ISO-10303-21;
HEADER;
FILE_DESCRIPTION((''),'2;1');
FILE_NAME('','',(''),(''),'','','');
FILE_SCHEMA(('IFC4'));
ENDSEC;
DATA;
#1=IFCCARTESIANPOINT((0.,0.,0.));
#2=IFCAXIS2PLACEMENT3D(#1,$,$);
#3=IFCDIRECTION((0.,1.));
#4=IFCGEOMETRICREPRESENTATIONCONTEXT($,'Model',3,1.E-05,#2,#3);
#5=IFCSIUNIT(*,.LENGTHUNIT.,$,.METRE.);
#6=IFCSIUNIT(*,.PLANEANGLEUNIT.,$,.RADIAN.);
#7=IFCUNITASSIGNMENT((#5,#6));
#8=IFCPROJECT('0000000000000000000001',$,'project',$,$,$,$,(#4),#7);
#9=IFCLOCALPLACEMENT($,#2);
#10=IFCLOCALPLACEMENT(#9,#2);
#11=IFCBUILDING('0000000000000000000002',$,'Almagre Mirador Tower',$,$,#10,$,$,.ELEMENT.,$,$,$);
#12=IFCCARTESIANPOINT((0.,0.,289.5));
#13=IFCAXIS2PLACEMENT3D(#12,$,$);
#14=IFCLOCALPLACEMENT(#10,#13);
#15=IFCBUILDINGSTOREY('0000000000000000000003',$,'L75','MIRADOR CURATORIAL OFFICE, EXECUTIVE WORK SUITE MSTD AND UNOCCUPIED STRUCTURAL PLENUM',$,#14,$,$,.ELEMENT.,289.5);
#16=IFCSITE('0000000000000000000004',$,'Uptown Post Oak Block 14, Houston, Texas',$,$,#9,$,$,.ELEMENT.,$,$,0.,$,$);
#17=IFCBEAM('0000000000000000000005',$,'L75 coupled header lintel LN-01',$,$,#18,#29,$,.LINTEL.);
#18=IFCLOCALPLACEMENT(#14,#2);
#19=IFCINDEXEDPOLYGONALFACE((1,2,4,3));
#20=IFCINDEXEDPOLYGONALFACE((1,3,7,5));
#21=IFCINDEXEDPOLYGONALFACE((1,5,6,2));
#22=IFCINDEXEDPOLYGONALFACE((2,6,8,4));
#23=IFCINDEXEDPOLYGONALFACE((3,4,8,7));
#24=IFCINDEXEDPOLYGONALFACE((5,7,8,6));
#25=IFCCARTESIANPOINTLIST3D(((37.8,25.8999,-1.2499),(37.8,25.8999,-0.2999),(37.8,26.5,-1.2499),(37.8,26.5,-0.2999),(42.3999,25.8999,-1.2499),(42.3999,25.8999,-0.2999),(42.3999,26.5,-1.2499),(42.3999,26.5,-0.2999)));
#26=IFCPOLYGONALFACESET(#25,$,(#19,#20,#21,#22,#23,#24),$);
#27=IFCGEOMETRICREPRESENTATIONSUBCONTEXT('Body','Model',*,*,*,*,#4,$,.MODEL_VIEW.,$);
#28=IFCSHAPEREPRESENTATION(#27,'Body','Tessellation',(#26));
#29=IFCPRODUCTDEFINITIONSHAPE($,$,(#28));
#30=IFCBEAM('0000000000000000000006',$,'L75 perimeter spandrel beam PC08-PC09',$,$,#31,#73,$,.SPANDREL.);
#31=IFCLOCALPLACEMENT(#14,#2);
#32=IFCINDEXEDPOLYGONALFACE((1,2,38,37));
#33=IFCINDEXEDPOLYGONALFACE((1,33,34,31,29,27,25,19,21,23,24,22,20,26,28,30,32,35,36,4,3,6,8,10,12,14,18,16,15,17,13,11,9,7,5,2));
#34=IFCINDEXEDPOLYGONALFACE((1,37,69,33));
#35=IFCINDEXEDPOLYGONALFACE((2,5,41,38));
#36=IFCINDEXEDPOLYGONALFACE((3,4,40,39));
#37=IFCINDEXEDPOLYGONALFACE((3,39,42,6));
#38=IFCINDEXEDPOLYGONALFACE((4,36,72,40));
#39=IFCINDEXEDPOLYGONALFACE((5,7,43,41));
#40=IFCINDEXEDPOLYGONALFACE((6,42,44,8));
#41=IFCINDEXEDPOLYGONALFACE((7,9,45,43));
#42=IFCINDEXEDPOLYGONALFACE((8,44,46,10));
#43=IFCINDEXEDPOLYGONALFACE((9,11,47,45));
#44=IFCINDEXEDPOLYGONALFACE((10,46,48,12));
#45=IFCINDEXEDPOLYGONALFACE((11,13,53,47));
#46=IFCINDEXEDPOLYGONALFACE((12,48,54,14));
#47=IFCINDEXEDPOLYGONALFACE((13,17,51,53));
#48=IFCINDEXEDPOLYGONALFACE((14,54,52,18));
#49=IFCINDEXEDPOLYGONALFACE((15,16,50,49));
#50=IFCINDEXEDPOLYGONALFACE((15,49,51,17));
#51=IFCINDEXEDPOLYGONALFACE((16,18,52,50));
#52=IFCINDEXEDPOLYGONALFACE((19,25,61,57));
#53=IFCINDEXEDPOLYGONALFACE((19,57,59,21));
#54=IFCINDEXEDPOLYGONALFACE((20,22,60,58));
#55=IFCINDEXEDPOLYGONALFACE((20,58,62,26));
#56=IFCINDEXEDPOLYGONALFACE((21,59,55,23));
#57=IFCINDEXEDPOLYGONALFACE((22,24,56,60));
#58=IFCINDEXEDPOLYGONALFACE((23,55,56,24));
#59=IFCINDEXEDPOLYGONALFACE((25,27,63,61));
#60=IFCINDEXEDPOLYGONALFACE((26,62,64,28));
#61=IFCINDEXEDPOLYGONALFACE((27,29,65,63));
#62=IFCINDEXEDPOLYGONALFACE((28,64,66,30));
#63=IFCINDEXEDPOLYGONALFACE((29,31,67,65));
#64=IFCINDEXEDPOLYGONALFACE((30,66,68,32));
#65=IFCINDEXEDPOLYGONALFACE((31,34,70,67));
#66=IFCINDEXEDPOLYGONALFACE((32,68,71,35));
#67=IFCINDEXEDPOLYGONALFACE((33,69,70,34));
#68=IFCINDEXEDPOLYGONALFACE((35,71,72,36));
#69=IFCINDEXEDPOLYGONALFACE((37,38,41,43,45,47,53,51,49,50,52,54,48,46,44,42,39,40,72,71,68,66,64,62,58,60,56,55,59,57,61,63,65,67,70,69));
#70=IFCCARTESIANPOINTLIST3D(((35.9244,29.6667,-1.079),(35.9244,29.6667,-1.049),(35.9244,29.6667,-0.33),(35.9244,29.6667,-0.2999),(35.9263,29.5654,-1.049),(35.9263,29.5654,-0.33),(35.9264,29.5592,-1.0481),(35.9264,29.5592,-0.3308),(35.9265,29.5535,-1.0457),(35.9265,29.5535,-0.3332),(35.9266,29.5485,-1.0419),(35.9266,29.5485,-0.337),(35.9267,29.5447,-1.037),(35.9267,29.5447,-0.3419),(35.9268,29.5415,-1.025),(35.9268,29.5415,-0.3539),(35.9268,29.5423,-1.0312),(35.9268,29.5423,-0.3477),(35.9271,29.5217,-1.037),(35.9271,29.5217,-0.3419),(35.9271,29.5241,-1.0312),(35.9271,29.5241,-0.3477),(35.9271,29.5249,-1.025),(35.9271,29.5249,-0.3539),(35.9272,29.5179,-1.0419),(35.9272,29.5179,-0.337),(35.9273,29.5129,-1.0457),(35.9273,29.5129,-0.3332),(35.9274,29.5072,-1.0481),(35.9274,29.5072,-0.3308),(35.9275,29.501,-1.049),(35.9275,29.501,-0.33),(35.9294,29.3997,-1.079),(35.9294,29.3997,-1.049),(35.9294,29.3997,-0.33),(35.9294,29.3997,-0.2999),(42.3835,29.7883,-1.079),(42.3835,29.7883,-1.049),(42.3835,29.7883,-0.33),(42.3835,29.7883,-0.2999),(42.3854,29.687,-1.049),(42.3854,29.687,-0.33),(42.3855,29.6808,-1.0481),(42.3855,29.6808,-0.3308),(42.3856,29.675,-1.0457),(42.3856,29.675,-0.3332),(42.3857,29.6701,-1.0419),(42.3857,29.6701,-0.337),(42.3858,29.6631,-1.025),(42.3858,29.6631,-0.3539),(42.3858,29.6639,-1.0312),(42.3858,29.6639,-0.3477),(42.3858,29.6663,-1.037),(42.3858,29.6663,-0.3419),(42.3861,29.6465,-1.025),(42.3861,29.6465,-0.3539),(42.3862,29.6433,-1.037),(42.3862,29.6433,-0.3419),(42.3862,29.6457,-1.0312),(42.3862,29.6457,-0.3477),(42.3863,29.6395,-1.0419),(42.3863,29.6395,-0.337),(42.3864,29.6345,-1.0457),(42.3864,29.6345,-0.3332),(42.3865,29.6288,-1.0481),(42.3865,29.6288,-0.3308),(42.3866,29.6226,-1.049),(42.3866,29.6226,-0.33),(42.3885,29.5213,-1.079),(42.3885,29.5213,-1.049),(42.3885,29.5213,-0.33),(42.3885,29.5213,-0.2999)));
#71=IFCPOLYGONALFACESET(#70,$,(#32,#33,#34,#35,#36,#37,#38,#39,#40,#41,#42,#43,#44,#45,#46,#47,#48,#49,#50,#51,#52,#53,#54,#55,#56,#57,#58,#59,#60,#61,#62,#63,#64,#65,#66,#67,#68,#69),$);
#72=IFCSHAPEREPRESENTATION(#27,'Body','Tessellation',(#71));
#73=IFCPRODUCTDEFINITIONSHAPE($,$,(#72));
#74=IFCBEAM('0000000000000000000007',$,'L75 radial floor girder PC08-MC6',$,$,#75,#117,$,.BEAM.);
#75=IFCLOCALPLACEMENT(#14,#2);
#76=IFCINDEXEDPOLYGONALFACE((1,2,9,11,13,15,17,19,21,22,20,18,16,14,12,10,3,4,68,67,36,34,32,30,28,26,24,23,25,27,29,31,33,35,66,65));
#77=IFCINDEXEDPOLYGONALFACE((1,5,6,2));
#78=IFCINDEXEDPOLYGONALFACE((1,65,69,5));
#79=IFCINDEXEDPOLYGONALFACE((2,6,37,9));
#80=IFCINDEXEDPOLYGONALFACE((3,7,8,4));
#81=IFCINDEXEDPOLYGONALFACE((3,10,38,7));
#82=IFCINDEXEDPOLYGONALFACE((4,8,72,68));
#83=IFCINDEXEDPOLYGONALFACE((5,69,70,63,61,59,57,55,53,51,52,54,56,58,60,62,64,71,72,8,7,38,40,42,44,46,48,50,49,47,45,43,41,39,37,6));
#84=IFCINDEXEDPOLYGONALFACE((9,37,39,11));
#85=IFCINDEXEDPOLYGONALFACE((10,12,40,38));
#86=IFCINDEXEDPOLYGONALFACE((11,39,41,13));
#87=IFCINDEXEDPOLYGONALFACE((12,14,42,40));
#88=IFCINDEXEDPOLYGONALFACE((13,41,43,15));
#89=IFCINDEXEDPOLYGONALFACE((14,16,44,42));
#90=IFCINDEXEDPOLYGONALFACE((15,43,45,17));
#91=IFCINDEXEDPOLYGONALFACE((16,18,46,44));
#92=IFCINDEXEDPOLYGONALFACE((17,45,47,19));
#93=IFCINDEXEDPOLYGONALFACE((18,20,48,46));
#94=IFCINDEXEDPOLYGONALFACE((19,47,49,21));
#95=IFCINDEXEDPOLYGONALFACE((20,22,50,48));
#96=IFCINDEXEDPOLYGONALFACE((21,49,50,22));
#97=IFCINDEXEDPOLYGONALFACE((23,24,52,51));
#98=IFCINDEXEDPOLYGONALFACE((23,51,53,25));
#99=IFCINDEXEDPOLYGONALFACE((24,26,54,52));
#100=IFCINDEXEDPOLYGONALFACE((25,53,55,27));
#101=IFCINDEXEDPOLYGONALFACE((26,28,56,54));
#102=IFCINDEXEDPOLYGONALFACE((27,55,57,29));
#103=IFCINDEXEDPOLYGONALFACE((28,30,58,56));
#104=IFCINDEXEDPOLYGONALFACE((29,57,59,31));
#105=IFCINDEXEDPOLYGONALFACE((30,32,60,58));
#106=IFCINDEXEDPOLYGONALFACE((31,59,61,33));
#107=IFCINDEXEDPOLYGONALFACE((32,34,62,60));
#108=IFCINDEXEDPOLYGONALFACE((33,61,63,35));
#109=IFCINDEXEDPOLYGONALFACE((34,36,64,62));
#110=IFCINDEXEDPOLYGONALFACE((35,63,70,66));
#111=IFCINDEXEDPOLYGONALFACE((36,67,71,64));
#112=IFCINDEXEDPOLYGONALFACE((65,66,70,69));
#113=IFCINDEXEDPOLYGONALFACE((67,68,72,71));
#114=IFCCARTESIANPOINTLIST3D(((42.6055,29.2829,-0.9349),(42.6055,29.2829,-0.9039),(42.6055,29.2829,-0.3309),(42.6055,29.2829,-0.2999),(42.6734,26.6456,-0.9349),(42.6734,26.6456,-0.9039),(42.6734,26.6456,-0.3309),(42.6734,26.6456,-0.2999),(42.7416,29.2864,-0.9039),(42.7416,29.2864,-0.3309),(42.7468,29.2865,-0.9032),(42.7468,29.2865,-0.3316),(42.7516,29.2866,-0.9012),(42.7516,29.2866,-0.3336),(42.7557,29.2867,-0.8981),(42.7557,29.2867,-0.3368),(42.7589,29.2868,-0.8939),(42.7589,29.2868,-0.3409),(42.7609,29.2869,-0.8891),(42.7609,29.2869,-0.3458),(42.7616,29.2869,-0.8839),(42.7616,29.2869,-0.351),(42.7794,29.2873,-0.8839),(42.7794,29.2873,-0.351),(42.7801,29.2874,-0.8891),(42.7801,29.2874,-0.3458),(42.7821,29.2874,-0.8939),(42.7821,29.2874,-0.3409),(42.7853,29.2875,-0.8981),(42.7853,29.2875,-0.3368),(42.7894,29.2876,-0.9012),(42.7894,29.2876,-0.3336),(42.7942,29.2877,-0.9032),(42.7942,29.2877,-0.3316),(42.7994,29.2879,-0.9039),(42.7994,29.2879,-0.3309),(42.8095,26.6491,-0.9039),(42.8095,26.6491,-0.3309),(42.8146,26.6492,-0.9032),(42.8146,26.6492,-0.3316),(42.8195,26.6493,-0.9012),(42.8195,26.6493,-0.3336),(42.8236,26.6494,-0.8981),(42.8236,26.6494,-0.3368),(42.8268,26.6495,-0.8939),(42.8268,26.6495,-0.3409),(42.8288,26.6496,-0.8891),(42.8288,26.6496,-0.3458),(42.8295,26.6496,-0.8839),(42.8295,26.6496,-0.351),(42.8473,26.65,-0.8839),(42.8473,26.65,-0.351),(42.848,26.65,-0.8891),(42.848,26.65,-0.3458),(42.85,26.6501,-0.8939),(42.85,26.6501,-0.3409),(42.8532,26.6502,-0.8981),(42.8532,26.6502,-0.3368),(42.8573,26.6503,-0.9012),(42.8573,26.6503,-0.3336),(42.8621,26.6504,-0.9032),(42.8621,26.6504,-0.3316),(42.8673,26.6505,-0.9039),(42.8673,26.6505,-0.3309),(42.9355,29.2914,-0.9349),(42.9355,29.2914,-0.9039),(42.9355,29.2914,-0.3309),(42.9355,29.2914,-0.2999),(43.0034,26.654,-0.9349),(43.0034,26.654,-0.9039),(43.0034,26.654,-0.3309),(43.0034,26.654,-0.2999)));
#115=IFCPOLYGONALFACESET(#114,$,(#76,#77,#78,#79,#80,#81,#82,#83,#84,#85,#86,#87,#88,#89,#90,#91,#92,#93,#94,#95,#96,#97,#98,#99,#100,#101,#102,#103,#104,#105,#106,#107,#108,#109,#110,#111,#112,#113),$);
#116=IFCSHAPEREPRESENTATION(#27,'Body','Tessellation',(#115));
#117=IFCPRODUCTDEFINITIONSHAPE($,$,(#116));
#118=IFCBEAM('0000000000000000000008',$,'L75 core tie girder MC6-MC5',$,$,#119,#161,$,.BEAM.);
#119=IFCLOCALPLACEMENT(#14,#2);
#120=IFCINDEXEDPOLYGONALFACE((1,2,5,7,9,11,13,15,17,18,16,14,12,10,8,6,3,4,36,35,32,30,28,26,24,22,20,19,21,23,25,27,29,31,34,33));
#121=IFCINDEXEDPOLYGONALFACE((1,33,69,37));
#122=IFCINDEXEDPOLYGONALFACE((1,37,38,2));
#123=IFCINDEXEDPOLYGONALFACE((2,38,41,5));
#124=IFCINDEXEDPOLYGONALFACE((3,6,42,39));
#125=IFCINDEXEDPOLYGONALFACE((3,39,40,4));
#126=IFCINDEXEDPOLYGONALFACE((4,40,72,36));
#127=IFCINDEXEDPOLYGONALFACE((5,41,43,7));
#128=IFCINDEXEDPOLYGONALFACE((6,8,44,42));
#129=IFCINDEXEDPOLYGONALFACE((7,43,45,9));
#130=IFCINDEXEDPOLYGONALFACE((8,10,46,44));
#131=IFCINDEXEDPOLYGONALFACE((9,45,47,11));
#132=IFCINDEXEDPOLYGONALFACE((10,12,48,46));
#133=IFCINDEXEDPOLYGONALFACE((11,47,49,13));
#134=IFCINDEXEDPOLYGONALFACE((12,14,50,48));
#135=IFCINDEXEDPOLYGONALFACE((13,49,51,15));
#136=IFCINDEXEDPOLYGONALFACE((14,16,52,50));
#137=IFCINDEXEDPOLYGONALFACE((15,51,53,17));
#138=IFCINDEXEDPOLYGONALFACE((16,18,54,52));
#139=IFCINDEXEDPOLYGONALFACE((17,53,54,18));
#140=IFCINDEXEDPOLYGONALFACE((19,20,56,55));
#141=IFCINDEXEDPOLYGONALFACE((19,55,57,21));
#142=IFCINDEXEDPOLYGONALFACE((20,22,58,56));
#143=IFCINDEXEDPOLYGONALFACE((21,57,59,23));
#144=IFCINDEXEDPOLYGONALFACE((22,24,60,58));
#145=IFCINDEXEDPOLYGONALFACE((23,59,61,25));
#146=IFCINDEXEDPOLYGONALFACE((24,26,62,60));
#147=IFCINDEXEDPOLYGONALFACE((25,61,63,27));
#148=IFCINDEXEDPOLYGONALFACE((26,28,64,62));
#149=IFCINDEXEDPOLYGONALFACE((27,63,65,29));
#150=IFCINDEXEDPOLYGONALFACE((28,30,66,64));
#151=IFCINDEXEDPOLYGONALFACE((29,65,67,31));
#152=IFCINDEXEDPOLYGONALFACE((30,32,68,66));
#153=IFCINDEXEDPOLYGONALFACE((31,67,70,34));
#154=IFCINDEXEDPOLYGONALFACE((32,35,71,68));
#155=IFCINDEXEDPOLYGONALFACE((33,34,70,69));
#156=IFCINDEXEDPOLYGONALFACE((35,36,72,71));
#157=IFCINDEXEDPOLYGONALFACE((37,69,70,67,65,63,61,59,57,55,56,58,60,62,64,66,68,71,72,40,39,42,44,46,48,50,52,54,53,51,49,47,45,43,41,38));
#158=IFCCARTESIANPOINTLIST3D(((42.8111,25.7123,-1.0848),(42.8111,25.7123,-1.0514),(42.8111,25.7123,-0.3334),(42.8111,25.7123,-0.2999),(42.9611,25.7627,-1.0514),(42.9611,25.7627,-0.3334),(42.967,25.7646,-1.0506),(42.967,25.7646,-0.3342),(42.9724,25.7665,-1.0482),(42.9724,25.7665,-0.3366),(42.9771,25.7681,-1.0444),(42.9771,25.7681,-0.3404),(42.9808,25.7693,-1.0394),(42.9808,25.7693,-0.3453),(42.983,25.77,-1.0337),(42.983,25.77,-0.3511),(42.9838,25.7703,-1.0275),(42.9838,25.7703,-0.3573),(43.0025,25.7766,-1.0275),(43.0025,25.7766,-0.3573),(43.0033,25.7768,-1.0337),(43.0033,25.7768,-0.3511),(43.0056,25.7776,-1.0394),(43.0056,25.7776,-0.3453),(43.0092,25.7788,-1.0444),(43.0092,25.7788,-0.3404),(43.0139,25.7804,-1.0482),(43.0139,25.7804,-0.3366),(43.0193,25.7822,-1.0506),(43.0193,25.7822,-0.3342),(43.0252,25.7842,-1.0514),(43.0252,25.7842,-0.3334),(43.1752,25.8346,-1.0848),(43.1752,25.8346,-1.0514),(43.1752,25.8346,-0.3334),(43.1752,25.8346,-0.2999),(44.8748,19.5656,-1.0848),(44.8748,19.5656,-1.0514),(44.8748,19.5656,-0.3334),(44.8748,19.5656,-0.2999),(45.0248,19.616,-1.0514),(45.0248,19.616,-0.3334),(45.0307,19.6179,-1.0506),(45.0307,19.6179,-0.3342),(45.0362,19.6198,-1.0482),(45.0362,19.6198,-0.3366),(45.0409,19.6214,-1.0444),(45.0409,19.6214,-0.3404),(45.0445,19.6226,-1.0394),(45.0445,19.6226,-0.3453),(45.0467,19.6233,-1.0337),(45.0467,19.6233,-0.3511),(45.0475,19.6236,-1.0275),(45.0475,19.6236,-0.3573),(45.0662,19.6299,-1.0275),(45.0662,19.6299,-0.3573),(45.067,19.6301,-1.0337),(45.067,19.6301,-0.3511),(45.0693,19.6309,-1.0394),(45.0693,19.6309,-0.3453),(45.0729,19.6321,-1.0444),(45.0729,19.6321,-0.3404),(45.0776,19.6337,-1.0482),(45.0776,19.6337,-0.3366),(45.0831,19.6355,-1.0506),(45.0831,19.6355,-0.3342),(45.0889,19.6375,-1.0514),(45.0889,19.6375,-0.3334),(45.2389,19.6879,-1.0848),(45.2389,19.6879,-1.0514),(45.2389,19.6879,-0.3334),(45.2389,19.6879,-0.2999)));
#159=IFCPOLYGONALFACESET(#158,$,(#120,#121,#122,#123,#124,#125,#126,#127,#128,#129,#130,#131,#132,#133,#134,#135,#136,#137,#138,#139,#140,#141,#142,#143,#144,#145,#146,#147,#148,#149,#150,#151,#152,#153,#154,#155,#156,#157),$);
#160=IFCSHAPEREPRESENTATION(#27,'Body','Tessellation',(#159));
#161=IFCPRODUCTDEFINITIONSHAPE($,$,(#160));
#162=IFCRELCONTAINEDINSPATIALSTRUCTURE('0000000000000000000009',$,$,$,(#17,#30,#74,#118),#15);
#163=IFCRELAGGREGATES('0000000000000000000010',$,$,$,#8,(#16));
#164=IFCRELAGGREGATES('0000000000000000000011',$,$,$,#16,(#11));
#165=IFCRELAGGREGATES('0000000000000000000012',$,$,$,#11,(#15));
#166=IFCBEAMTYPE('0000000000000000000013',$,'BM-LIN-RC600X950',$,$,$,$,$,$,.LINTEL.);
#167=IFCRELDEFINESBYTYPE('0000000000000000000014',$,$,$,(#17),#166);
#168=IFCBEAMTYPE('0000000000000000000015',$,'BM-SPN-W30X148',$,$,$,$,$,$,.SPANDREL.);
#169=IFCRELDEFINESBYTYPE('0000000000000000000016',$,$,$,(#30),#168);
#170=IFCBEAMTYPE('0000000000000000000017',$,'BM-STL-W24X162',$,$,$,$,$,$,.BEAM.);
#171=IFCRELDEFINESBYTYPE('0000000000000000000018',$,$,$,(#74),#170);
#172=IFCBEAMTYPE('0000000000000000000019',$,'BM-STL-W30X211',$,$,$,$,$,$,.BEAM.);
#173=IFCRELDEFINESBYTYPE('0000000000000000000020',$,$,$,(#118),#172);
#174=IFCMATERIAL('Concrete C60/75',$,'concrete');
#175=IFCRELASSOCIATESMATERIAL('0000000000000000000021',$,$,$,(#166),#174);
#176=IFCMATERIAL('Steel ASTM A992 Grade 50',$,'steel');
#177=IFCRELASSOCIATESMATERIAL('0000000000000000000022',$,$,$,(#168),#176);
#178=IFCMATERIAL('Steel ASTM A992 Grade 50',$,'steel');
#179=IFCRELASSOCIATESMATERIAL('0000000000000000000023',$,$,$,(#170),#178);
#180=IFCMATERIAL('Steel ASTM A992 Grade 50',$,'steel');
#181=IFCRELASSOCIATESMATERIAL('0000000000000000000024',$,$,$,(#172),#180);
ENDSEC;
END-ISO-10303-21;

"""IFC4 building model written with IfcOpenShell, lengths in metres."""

from ifc_helpers import new_model, si_unit, direction, frame, origin, origin_2d, place, context, subcontext, project, spatial, rectangle, i_section, extrude, material, material_profile, profile_set, type_object, element, save


model = new_model("IFC4")

# Units and contexts
model_context = context("Model", 3, precision=1e-05, world=origin(), true_north=direction((0.0, 1.0)))
body_context = subcontext(model_context, "Body", "Model", "MODEL_VIEW")
ifc_project = project(units=[si_unit("LENGTHUNIT", "METRE"), si_unit("PLANEANGLEUNIT", "RADIAN")], contexts=[model_context])

# Site, building, storey
site_placement = place(None, origin())
site = spatial("IfcSite", under=ifc_project, at=site_placement, Name="Uptown Post Oak Block 14, Houston, Texas", CompositionType="ELEMENT", RefElevation=0.0)
building_placement = place(site_placement, origin())
building = spatial("IfcBuilding", under=site, at=building_placement, Name="Almagre Mirador Tower", CompositionType="ELEMENT")
storey_placement = place(building_placement, frame((0.0, 0.0, 289.5)))
storey = spatial("IfcBuildingStorey", under=building, at=storey_placement, Name="L75", Description="MIRADOR CURATORIAL OFFICE, EXECUTIVE WORK SUITE MSTD AND UNOCCUPIED STRUCTURAL PLENUM", CompositionType="ELEMENT", Elevation=289.5)

# Beams
ifc_material_1 = material(Name="Concrete C60/75", Category="concrete")
ifc_material_profile_1 = material_profile(ifc_material_1, rectangle(XDim=0.6001, YDim=0.95, at=origin_2d()), Name="RC600X950")
ifc_profile_set_1 = profile_set([ifc_material_profile_1], Name="Concrete C60/75")
beam_type_1 = type_object("IfcBeamType", Name="BM-LIN-RC600X950", PredefinedType="LINTEL", material=ifc_profile_set_1)
beam_1_placement = place(storey_placement, frame((37.8, 26.2, -0.7749), z_axis=(1.0, 0.0, 0.0), x_axis=(0.0, 1.0, 0.0)))
element("IfcBeam", 1, at=beam_1_placement, inside=storey, type_object=beam_type_1, Name="L75 coupled header lintel LN-01", PredefinedType="LINTEL", context=body_context, shape_type="SweptSolid", body=[
    extrude(rectangle(XDim=0.6001, YDim=0.95, at=origin_2d()), origin(), (0.0, 0.0, 1.0), 4.5999),
])
ifc_material_2 = material(Name="Steel ASTM A992 Grade 50", Category="steel")
ifc_material_profile_2 = material_profile(ifc_material_2, i_section(OverallWidth=0.2671, OverallDepth=0.7791, WebThickness=0.0166, FlangeThickness=0.03, FilletRadius=0.0239, at=origin_2d()), Name="W30X148")
ifc_profile_set_2 = profile_set([ifc_material_profile_2], Name="Steel ASTM A992 Grade 50")
beam_type_2 = type_object("IfcBeamType", Name="BM-SPN-W30X148", PredefinedType="SPANDREL", material=ifc_profile_set_2)
beam_2_placement = place(storey_placement, frame((42.386, 29.6548, -0.6895), z_axis=(-0.999823, -0.01882, 0.0), x_axis=(0.01882, -0.999823, 0.0)))
element("IfcBeam", 2, at=beam_2_placement, inside=storey, type_object=beam_type_2, Name="L75 perimeter spandrel beam PC08-PC09", PredefinedType="SPANDREL", context=body_context, shape_type="SweptSolid", body=[
    extrude(i_section(OverallWidth=0.2671, OverallDepth=0.7791, WebThickness=0.0166, FlangeThickness=0.03, FilletRadius=0.0239, at=origin_2d()), origin(), (0.0, 0.0, 1.0), 6.4602),
])
ifc_material_3 = material(Name="Steel ASTM A992 Grade 50", Category="steel")
ifc_material_profile_3 = material_profile(ifc_material_3, i_section(OverallWidth=0.3301, OverallDepth=0.635, WebThickness=0.0178, FlangeThickness=0.031, FilletRadius=0.02, at=origin_2d()), Name="W24X162")
ifc_profile_set_3 = profile_set([ifc_material_profile_3], Name="Steel ASTM A992 Grade 50")
beam_type_3 = type_object("IfcBeamType", Name="BM-STL-W24X162", PredefinedType="BEAM", material=ifc_profile_set_3)
beam_3_placement = place(storey_placement, frame((42.7705, 29.2871, -0.6174), z_axis=(0.025727, -0.999669, 0.0), x_axis=(0.999669, 0.025727, 0.0)))
element("IfcBeam", 3, at=beam_3_placement, inside=storey, type_object=beam_type_3, Name="L75 radial floor girder PC08-MC6", PredefinedType="BEAM", context=body_context, shape_type="SweptSolid", body=[
    extrude(i_section(OverallWidth=0.3301, OverallDepth=0.635, WebThickness=0.0178, FlangeThickness=0.031, FilletRadius=0.02, at=origin_2d()), origin(), (0.0, 0.0, 1.0), 2.6382),
])
ifc_material_4 = material(Name="Steel ASTM A992 Grade 50", Category="steel")
ifc_material_profile_4 = material_profile(ifc_material_4, i_section(OverallWidth=0.384, OverallDepth=0.7849, WebThickness=0.0198, FlangeThickness=0.0334, FilletRadius=0.0239, at=origin_2d()), Name="W30X211")
ifc_profile_set_4 = profile_set([ifc_material_profile_4], Name="Steel ASTM A992 Grade 50")
beam_type_4 = type_object("IfcBeamType", Name="BM-STL-W30X211", PredefinedType="BEAM", material=ifc_profile_set_4)
beam_4_placement = place(storey_placement, frame((42.9932, 25.7734, -0.6924), z_axis=(0.318283, -0.947996, 0.0), x_axis=(0.947996, 0.318283, 0.0)))
element("IfcBeam", 4, at=beam_4_placement, inside=storey, type_object=beam_type_4, Name="L75 core tie girder MC6-MC5", PredefinedType="BEAM", context=body_context, shape_type="SweptSolid", body=[
    extrude(i_section(OverallWidth=0.384, OverallDepth=0.7849, WebThickness=0.0198, FlangeThickness=0.0334, FilletRadius=0.0239, at=origin_2d()), origin(), (0.0, 0.0, 1.0), 6.4839),
])

save(model, "model.ifc")
